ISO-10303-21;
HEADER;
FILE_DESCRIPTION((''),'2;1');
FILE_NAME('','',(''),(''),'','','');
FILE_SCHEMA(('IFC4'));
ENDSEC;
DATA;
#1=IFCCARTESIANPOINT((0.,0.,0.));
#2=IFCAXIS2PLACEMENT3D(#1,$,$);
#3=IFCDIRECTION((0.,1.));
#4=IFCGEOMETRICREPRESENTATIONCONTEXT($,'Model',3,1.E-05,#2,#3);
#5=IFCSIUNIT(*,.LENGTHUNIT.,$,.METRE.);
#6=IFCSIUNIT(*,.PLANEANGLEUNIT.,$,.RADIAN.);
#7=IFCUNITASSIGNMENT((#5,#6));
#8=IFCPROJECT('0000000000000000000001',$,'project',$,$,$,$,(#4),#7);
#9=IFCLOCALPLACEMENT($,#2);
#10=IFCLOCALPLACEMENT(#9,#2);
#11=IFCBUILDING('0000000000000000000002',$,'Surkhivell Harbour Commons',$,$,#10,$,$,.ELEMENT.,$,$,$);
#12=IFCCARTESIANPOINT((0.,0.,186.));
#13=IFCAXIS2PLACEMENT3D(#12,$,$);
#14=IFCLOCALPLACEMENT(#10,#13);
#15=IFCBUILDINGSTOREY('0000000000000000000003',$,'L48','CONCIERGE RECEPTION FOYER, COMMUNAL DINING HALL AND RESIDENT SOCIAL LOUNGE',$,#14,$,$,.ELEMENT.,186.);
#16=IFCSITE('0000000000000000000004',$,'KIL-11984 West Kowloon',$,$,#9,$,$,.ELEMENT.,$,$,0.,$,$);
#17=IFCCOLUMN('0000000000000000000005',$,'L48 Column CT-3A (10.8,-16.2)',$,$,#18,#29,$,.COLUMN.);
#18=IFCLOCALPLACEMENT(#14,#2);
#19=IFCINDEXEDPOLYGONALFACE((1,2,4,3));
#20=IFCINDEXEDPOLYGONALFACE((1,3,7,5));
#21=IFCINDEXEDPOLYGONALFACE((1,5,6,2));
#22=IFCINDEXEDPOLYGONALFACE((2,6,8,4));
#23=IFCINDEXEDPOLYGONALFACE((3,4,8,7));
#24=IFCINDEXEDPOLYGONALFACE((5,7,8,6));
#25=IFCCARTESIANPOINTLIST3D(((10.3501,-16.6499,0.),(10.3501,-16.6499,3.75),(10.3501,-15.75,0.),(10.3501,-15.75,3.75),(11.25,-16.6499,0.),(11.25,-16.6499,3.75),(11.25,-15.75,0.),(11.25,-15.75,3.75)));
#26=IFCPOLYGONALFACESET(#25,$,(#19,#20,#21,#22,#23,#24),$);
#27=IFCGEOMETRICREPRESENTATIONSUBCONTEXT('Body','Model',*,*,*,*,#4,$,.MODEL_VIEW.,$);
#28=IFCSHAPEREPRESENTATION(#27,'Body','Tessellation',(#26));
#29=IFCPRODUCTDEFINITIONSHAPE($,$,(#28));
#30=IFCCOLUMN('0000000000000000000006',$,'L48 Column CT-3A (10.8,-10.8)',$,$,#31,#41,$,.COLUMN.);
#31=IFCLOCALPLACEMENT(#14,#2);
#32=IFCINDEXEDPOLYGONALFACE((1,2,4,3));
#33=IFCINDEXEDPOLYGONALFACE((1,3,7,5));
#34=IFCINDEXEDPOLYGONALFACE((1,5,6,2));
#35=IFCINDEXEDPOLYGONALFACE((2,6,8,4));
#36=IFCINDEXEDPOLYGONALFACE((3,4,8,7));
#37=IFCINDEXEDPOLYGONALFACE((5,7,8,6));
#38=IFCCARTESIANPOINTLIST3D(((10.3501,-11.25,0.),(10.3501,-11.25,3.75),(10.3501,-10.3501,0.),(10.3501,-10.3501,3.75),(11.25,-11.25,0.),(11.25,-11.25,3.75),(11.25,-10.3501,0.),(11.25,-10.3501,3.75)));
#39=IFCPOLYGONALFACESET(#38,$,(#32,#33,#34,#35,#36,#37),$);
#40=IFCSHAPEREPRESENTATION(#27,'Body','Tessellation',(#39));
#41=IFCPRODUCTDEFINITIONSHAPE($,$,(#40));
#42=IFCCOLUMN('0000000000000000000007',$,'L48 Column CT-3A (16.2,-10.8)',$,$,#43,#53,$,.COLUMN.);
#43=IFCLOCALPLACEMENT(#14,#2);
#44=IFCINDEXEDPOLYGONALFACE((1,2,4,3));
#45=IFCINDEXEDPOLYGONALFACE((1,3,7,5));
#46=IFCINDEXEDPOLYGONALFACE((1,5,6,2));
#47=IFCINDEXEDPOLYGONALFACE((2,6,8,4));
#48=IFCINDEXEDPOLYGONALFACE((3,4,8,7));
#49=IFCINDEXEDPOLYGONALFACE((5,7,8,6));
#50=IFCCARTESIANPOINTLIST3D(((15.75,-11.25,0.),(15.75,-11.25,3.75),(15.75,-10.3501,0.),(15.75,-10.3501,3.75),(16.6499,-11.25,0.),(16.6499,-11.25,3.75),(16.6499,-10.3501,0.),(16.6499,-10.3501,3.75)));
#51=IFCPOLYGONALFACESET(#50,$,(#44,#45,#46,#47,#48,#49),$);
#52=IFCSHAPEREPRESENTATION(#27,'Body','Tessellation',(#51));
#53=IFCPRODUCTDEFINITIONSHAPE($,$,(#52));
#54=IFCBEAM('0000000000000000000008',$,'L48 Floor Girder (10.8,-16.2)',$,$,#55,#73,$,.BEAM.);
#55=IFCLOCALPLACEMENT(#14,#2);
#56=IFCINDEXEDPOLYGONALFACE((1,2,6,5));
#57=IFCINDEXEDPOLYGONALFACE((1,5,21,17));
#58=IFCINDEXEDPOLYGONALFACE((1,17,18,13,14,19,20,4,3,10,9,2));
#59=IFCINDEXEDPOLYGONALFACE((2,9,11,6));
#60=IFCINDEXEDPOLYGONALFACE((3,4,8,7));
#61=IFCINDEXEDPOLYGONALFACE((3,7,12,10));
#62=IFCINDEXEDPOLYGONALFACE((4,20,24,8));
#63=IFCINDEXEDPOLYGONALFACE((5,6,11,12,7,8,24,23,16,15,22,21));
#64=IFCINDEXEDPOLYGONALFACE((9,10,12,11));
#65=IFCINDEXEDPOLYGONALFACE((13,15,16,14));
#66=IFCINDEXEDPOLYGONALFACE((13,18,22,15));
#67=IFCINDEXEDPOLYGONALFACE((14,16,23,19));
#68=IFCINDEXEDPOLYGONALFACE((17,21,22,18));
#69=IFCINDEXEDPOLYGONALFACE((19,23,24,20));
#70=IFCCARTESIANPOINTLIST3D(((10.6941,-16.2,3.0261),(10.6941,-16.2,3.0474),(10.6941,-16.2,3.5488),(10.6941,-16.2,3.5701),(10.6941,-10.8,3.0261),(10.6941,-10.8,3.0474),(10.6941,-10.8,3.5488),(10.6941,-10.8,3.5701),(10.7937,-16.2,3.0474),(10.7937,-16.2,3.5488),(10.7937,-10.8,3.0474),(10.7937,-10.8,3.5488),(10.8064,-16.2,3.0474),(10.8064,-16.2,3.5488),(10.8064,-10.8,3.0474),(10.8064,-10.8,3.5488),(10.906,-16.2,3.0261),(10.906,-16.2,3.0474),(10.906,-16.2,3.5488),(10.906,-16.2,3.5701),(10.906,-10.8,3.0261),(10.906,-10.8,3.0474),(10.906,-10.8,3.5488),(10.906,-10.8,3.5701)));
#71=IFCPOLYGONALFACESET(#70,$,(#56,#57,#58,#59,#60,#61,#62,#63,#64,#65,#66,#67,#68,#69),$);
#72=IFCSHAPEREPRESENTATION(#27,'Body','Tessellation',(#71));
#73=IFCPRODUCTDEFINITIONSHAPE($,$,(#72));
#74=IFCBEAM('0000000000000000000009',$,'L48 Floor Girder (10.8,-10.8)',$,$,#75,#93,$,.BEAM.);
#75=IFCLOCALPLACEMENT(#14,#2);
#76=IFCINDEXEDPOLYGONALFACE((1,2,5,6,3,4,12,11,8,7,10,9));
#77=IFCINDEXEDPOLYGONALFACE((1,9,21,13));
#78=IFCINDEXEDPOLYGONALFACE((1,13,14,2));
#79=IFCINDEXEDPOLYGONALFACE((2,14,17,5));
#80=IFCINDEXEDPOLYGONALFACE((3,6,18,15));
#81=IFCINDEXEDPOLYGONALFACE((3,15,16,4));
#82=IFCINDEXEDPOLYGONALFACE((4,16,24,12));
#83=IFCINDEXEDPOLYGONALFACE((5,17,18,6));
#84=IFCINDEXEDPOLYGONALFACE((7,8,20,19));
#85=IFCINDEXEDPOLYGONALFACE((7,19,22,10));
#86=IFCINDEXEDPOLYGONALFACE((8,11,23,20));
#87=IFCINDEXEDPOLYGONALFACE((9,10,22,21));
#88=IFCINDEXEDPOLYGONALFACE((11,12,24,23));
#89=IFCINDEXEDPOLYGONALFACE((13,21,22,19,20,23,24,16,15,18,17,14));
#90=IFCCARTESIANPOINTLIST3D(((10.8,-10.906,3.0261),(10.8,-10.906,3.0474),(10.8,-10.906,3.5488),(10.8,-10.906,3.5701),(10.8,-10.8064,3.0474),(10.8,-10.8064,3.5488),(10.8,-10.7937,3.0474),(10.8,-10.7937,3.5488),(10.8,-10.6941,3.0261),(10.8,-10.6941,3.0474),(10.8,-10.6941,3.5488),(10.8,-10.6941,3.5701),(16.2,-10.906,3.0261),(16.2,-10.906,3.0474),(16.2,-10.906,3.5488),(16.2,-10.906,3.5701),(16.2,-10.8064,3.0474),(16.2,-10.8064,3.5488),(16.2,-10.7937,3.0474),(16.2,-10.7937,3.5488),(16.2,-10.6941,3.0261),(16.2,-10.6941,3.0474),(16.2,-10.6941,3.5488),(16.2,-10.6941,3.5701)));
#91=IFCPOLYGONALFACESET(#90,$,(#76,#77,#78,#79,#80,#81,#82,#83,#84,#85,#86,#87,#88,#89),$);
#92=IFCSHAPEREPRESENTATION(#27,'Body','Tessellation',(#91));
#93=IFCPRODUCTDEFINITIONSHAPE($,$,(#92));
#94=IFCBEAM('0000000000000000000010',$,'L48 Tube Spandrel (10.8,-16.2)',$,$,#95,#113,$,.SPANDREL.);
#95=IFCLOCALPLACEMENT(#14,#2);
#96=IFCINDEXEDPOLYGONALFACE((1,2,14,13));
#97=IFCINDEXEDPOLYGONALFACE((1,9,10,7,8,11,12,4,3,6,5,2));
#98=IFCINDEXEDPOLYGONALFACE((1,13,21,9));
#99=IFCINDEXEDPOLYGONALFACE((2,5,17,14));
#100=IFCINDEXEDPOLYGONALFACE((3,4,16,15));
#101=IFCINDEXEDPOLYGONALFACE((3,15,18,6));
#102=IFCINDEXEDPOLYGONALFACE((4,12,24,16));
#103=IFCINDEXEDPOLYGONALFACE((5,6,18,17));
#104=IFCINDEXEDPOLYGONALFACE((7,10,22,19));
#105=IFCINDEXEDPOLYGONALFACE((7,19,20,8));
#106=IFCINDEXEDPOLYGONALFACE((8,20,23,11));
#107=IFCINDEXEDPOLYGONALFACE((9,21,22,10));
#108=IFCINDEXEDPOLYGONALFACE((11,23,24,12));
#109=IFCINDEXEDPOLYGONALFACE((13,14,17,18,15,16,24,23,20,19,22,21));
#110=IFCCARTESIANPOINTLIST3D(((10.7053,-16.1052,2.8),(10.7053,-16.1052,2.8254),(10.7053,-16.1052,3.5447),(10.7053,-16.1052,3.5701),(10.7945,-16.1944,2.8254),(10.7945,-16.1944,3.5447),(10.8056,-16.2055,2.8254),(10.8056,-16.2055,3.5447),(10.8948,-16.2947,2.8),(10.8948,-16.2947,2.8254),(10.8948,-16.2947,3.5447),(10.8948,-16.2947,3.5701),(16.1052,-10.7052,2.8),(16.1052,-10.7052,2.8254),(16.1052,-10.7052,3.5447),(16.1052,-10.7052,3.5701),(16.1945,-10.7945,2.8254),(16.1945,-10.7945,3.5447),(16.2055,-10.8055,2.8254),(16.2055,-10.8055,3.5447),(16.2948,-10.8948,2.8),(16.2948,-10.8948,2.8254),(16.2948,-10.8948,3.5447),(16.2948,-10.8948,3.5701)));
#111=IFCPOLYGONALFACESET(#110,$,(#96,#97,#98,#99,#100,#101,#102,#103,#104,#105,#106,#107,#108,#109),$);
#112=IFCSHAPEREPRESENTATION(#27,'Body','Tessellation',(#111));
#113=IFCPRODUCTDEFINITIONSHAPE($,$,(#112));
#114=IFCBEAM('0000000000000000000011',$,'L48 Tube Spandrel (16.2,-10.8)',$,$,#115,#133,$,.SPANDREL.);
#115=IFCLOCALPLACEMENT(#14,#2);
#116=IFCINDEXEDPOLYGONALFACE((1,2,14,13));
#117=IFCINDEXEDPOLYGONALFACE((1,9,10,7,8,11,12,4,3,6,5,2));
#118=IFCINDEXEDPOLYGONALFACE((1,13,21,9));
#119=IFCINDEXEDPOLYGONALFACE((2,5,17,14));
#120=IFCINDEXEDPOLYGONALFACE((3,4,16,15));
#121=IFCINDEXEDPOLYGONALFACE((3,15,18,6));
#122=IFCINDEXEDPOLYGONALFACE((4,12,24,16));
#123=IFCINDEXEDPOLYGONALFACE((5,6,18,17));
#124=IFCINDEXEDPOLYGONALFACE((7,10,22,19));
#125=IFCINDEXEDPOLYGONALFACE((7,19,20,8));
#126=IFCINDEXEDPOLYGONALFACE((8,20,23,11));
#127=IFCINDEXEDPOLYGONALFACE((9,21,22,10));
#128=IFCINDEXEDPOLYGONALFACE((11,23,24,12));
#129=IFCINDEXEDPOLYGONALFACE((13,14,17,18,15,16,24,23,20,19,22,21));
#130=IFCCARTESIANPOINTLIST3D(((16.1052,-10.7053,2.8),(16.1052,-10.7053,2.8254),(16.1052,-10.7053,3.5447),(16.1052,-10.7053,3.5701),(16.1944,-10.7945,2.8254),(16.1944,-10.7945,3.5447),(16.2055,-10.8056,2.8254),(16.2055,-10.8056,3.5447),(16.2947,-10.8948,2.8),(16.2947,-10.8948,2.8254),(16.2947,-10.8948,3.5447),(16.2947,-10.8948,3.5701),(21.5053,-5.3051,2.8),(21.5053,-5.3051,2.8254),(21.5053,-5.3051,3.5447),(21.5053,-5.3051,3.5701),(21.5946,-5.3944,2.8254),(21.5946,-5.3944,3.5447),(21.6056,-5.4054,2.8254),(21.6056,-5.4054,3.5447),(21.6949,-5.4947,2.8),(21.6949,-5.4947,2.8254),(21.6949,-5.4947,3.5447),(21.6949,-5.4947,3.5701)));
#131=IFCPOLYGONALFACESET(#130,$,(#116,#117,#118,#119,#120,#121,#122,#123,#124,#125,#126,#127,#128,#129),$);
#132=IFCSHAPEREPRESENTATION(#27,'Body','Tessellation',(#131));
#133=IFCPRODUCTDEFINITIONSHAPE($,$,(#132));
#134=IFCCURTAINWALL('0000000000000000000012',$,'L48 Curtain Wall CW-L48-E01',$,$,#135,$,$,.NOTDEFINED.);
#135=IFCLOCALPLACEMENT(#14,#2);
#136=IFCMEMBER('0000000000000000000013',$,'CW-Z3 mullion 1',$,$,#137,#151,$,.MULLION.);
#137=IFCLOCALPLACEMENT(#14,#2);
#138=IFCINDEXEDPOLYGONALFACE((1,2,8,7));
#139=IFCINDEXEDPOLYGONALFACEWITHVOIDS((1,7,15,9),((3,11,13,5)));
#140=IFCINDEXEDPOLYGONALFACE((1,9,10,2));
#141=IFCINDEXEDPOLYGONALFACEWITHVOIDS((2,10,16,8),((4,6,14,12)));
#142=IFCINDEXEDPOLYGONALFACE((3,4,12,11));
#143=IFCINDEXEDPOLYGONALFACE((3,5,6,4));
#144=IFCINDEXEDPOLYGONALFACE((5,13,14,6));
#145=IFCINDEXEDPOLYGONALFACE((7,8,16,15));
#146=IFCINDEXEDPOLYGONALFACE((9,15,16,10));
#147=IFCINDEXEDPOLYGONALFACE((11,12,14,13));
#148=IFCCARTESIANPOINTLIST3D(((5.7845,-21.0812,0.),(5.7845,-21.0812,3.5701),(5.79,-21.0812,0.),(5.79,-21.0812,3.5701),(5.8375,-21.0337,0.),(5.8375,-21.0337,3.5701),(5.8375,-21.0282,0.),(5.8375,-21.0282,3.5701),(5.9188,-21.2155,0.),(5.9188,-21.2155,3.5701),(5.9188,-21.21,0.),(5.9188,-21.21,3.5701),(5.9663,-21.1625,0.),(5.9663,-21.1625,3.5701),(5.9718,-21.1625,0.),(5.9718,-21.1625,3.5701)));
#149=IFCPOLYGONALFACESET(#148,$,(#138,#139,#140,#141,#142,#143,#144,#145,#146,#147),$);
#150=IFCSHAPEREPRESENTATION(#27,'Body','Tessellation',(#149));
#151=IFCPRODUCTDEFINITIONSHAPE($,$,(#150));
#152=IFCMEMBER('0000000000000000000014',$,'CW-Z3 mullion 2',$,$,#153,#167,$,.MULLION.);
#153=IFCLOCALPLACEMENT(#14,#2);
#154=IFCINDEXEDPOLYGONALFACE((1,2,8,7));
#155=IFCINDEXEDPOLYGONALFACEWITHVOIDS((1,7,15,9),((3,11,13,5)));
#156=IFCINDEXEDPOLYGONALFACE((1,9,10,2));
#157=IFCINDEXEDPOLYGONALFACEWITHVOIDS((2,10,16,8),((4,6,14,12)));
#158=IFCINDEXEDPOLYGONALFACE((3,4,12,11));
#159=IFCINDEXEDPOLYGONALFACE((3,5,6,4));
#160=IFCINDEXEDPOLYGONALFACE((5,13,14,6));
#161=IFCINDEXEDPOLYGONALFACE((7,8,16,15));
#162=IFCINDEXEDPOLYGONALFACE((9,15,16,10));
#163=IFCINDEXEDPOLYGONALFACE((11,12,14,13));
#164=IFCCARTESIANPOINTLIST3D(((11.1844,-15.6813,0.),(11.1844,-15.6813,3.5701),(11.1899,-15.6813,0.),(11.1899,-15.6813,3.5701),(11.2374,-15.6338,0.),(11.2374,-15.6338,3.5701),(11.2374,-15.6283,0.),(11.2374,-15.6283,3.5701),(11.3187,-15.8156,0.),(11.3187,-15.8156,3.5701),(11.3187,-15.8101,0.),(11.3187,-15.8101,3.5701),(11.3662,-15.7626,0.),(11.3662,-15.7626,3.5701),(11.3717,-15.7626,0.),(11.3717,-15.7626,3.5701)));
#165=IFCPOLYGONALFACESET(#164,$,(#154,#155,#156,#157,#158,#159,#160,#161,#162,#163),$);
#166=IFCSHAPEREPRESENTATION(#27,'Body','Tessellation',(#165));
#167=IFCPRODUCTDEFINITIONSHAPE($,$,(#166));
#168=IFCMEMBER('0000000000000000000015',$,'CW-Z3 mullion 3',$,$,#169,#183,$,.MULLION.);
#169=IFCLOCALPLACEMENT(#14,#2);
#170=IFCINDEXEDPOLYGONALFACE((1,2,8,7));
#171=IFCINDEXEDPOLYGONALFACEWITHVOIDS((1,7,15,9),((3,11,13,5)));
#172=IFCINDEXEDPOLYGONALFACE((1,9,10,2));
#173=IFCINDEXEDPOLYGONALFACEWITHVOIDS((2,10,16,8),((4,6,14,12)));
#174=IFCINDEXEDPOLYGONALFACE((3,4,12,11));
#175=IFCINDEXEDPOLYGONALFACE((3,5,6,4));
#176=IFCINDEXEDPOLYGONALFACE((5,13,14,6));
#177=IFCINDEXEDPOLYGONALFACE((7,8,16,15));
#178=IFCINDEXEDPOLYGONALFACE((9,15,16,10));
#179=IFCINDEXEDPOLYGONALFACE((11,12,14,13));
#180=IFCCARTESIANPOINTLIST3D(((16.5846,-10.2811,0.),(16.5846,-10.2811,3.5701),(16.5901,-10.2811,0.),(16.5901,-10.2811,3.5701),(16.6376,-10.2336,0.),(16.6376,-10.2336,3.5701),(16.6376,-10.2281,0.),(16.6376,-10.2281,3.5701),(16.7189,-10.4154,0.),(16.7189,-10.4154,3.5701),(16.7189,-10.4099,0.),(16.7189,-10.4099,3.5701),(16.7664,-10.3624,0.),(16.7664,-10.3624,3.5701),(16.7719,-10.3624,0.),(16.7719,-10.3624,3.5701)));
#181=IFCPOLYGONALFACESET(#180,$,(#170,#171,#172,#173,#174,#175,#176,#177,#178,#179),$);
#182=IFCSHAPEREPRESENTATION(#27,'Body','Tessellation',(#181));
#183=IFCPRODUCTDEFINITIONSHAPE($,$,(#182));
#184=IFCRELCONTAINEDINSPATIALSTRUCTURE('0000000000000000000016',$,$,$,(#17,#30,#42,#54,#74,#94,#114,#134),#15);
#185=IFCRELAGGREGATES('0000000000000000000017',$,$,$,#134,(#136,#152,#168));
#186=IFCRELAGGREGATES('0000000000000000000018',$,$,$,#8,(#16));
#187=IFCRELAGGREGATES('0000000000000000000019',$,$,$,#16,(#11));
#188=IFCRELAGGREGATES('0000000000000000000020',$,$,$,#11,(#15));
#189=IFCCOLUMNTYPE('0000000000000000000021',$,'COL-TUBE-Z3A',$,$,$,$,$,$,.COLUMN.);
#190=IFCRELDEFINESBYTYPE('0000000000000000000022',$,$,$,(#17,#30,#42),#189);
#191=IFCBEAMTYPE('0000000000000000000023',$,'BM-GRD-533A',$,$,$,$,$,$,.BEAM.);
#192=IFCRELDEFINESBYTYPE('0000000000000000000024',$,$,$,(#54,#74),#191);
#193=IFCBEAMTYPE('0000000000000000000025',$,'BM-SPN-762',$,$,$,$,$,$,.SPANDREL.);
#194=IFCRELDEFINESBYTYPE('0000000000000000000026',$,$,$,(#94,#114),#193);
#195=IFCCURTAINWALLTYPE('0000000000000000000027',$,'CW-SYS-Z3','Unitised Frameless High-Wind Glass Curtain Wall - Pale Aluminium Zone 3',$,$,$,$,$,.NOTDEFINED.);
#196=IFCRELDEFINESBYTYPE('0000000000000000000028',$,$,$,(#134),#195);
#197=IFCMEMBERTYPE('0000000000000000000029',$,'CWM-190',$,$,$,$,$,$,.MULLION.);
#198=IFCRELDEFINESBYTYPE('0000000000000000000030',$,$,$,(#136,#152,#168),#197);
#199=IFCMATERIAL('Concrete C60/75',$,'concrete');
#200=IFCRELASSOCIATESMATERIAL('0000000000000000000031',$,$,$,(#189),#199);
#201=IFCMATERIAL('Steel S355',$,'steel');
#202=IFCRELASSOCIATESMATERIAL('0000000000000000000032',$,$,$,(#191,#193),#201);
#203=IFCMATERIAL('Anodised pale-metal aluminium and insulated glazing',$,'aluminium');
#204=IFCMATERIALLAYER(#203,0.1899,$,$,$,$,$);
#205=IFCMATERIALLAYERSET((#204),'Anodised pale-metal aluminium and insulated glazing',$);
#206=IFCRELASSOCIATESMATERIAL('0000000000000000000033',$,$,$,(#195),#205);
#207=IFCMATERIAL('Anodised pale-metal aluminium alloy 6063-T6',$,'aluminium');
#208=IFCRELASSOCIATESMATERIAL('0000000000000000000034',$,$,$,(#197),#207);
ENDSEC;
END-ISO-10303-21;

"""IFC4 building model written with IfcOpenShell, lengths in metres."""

from ifc_helpers import new_model, si_unit, direction, frame, origin, origin_2d, place, context, subcontext, project, spatial, rectangle, hollow_rectangle, i_section, extrude, material, layer, layer_set, material_profile, profile_set, type_object, element, aggregate, save


model = new_model("IFC4")

# Units and contexts
model_context = context("Model", 3, precision=1e-05, world=origin(), true_north=direction((0.0, 1.0)))
body_context = subcontext(model_context, "Body", "Model", "MODEL_VIEW")
ifc_project = project(units=[si_unit("LENGTHUNIT", "METRE"), si_unit("PLANEANGLEUNIT", "RADIAN")], contexts=[model_context])

# Site, building, storey
site_placement = place(None, origin())
site = spatial("IfcSite", under=ifc_project, at=site_placement, Name="KIL-11984 West Kowloon", CompositionType="ELEMENT", RefElevation=0.0)
building_placement = place(site_placement, origin())
building = spatial("IfcBuilding", under=site, at=building_placement, Name="Surkhivell Harbour Commons", CompositionType="ELEMENT")
storey_placement = place(building_placement, frame((0.0, 0.0, 186.0)))
storey = spatial("IfcBuildingStorey", under=building, at=storey_placement, Name="L48", Description="CONCIERGE RECEPTION FOYER, COMMUNAL DINING HALL AND RESIDENT SOCIAL LOUNGE", CompositionType="ELEMENT", Elevation=186.0)

# Columns
ifc_material_1 = material(Name="Concrete C60/75", Category="concrete")
ifc_material_profile_1 = material_profile(ifc_material_1, rectangle(XDim=0.8999, YDim=0.8999, at=origin_2d()), Name="RC-COL-900x900")
ifc_profile_set_1 = profile_set([ifc_material_profile_1], Name="Concrete C60/75")
column_type = type_object("IfcColumnType", Name="COL-TUBE-Z3A", PredefinedType="COLUMN", material=ifc_profile_set_1)
for number, where, z_axis, x_axis, name in (
    (1, (10.8, -16.2, 0.0), (0.0, 0.0, 1.0), (1.0, 0.0, 0.0), "L48 Column CT-3A (10.8,-16.2)"),
    (2, (10.8, -10.8, 0.0), (0.0, 0.0, 1.0), (1.0, 0.0, 0.0), "L48 Column CT-3A (10.8,-10.8)"),
    (3, (16.2, -10.8, 0.0), (0.0, 0.0, 1.0), (1.0, 0.0, 0.0), "L48 Column CT-3A (16.2,-10.8)"),
):
    element("IfcColumn", number, at=place(storey_placement, frame(where, z_axis=z_axis, x_axis=x_axis)), inside=storey, type_object=column_type, Name=name, PredefinedType="COLUMN", context=body_context, shape_type="SweptSolid", body=[
        extrude(rectangle(XDim=0.8999, YDim=0.8999, at=origin_2d()), origin(), (0.0, 0.0, 1.0), 3.75),
    ])

# Beams
ifc_material_2 = material(Name="Steel S355", Category="steel")
ifc_material_profile_2 = material_profile(ifc_material_2, i_section(OverallWidth=0.2119, OverallDepth=0.5439, WebThickness=0.0127, FlangeThickness=0.0212, at=origin_2d()), Name="UB533x210x122")
ifc_profile_set_2 = profile_set([ifc_material_profile_2], Name="Steel S355")
beam_type_1 = type_object("IfcBeamType", Name="BM-GRD-533A", PredefinedType="BEAM", material=ifc_profile_set_2)
for number, where, z_axis, x_axis, name in (
    (4, (10.8, -16.2, 3.2981), (0.0, 1.0, 0.0), (-1.0, 0.0, 0.0), "L48 Floor Girder (10.8,-16.2)"),
    (5, (10.8, -10.8, 3.2981), (1.0, 0.0, 0.0), (0.0, 1.0, 0.0), "L48 Floor Girder (10.8,-10.8)"),
):
    element("IfcBeam", number, at=place(storey_placement, frame(where, z_axis=z_axis, x_axis=x_axis)), inside=storey, type_object=beam_type_1, Name=name, PredefinedType="BEAM", context=body_context, shape_type="SweptSolid", body=[
        extrude(i_section(OverallWidth=0.2119, OverallDepth=0.5439, WebThickness=0.0127, FlangeThickness=0.0212, at=origin_2d()), origin(), (0.0, 0.0, 1.0), 5.3999),
    ])
ifc_material_profile_3 = material_profile(ifc_material_2, i_section(OverallWidth=0.2681, OverallDepth=0.77, WebThickness=0.0156, FlangeThickness=0.0254, at=origin_2d()), Name="UB762x267x197")
ifc_profile_set_3 = profile_set([ifc_material_profile_3], Name="Steel S355")
beam_type_2 = type_object("IfcBeamType", Name="BM-SPN-762", PredefinedType="SPANDREL", material=ifc_profile_set_3)
beam_1_placement = place(storey_placement, frame((10.8, -16.2, 3.1851), z_axis=(0.707107, 0.707107, 0.0), x_axis=(-0.707107, 0.707107, 0.0)))
element("IfcBeam", 6, at=beam_1_placement, inside=storey, type_object=beam_type_2, Name="L48 Tube Spandrel (10.8,-16.2)", PredefinedType="SPANDREL", context=body_context, shape_type="SweptSolid", body=[
    extrude(i_section(OverallWidth=0.2681, OverallDepth=0.77, WebThickness=0.0156, FlangeThickness=0.0254, at=origin_2d()), origin(), (0.0, 0.0, 1.0), 7.6367),
])
beam_2_placement = place(storey_placement, frame((16.2, -10.8, 3.1851), z_axis=(0.707107, 0.707107, 0.0), x_axis=(-0.707107, 0.707107, 0.0)))
element("IfcBeam", 7, at=beam_2_placement, inside=storey, type_object=beam_type_2, Name="L48 Tube Spandrel (16.2,-10.8)", PredefinedType="SPANDREL", context=body_context, shape_type="SweptSolid", body=[
    extrude(i_section(OverallWidth=0.2681, OverallDepth=0.77, WebThickness=0.0156, FlangeThickness=0.0254, at=origin_2d()), origin(), (0.0, 0.0, 1.0), 7.637),
])

# Curtain wall, members
ifc_material_3 = material(Name="Anodised pale-metal aluminium and insulated glazing", Category="aluminium")
ifc_layer_1 = layer(ifc_material_3, 0.1899)
ifc_layer_set_1 = layer_set([ifc_layer_1], Name="Anodised pale-metal aluminium and insulated glazing")
curtain_wall_type = type_object("IfcCurtainWallType", Name="CW-SYS-Z3", Description="Unitised Frameless High-Wind Glass Curtain Wall - Pale Aluminium Zone 3", PredefinedType="NOTDEFINED", material=ifc_layer_set_1)
curtain_wall_placement = place(storey_placement, origin())
curtain_wall = element("IfcCurtainWall", 8, at=curtain_wall_placement, inside=storey, type_object=curtain_wall_type, Name="L48 Curtain Wall CW-L48-E01", PredefinedType="NOTDEFINED")
ifc_material_4 = material(Name="Anodised pale-metal aluminium alloy 6063-T6", Category="aluminium")
ifc_material_profile_4 = material_profile(ifc_material_4, hollow_rectangle(XDim=0.075, YDim=0.1899, WallThickness=0.0039, at=origin_2d()), Name="ALU-MULL-75x190")
ifc_profile_set_4 = profile_set([ifc_material_profile_4], Name="Anodised pale-metal aluminium alloy 6063-T6")
member_type_1 = type_object("IfcMemberType", Name="CWM-190", PredefinedType="MULLION", material=ifc_profile_set_4)
member_1_placement = place(storey_placement, frame((5.8782, -21.1218, 0.0), z_axis=(0.0, 0.0, 1.0), x_axis=(0.707107, 0.707107, 0.0)))
member_1 = element("IfcMember", 9, at=member_1_placement, type_object=member_type_1, Name="CW-Z3 mullion 1", PredefinedType="MULLION", context=body_context, shape_type="SweptSolid", body=[
    extrude(hollow_rectangle(XDim=0.075, YDim=0.1899, WallThickness=0.0039, at=origin_2d()), origin(), (0.0, 0.0, 1.0), 3.5701),
])
member_2_placement = place(storey_placement, frame((11.2781, -15.7219, 0.0), z_axis=(0.0, 0.0, 1.0), x_axis=(0.707107, 0.707107, 0.0)))
member_2 = element("IfcMember", 10, at=member_2_placement, type_object=member_type_1, Name="CW-Z3 mullion 2", PredefinedType="MULLION", context=body_context, shape_type="SweptSolid", body=[
    extrude(hollow_rectangle(XDim=0.075, YDim=0.1899, WallThickness=0.0039, at=origin_2d()), origin(), (0.0, 0.0, 1.0), 3.5701),
])
member_3_placement = place(storey_placement, frame((16.6782, -10.3218, 0.0), z_axis=(0.0, 0.0, 1.0), x_axis=(0.707107, 0.707107, 0.0)))
member_3 = element("IfcMember", 11, at=member_3_placement, type_object=member_type_1, Name="CW-Z3 mullion 3", PredefinedType="MULLION", context=body_context, shape_type="SweptSolid", body=[
    extrude(hollow_rectangle(XDim=0.075, YDim=0.1899, WallThickness=0.0039, at=origin_2d()), origin(), (0.0, 0.0, 1.0), 3.5701),
])
aggregate(curtain_wall, [member_1, member_2, member_3])

save(model, "model.ifc")
